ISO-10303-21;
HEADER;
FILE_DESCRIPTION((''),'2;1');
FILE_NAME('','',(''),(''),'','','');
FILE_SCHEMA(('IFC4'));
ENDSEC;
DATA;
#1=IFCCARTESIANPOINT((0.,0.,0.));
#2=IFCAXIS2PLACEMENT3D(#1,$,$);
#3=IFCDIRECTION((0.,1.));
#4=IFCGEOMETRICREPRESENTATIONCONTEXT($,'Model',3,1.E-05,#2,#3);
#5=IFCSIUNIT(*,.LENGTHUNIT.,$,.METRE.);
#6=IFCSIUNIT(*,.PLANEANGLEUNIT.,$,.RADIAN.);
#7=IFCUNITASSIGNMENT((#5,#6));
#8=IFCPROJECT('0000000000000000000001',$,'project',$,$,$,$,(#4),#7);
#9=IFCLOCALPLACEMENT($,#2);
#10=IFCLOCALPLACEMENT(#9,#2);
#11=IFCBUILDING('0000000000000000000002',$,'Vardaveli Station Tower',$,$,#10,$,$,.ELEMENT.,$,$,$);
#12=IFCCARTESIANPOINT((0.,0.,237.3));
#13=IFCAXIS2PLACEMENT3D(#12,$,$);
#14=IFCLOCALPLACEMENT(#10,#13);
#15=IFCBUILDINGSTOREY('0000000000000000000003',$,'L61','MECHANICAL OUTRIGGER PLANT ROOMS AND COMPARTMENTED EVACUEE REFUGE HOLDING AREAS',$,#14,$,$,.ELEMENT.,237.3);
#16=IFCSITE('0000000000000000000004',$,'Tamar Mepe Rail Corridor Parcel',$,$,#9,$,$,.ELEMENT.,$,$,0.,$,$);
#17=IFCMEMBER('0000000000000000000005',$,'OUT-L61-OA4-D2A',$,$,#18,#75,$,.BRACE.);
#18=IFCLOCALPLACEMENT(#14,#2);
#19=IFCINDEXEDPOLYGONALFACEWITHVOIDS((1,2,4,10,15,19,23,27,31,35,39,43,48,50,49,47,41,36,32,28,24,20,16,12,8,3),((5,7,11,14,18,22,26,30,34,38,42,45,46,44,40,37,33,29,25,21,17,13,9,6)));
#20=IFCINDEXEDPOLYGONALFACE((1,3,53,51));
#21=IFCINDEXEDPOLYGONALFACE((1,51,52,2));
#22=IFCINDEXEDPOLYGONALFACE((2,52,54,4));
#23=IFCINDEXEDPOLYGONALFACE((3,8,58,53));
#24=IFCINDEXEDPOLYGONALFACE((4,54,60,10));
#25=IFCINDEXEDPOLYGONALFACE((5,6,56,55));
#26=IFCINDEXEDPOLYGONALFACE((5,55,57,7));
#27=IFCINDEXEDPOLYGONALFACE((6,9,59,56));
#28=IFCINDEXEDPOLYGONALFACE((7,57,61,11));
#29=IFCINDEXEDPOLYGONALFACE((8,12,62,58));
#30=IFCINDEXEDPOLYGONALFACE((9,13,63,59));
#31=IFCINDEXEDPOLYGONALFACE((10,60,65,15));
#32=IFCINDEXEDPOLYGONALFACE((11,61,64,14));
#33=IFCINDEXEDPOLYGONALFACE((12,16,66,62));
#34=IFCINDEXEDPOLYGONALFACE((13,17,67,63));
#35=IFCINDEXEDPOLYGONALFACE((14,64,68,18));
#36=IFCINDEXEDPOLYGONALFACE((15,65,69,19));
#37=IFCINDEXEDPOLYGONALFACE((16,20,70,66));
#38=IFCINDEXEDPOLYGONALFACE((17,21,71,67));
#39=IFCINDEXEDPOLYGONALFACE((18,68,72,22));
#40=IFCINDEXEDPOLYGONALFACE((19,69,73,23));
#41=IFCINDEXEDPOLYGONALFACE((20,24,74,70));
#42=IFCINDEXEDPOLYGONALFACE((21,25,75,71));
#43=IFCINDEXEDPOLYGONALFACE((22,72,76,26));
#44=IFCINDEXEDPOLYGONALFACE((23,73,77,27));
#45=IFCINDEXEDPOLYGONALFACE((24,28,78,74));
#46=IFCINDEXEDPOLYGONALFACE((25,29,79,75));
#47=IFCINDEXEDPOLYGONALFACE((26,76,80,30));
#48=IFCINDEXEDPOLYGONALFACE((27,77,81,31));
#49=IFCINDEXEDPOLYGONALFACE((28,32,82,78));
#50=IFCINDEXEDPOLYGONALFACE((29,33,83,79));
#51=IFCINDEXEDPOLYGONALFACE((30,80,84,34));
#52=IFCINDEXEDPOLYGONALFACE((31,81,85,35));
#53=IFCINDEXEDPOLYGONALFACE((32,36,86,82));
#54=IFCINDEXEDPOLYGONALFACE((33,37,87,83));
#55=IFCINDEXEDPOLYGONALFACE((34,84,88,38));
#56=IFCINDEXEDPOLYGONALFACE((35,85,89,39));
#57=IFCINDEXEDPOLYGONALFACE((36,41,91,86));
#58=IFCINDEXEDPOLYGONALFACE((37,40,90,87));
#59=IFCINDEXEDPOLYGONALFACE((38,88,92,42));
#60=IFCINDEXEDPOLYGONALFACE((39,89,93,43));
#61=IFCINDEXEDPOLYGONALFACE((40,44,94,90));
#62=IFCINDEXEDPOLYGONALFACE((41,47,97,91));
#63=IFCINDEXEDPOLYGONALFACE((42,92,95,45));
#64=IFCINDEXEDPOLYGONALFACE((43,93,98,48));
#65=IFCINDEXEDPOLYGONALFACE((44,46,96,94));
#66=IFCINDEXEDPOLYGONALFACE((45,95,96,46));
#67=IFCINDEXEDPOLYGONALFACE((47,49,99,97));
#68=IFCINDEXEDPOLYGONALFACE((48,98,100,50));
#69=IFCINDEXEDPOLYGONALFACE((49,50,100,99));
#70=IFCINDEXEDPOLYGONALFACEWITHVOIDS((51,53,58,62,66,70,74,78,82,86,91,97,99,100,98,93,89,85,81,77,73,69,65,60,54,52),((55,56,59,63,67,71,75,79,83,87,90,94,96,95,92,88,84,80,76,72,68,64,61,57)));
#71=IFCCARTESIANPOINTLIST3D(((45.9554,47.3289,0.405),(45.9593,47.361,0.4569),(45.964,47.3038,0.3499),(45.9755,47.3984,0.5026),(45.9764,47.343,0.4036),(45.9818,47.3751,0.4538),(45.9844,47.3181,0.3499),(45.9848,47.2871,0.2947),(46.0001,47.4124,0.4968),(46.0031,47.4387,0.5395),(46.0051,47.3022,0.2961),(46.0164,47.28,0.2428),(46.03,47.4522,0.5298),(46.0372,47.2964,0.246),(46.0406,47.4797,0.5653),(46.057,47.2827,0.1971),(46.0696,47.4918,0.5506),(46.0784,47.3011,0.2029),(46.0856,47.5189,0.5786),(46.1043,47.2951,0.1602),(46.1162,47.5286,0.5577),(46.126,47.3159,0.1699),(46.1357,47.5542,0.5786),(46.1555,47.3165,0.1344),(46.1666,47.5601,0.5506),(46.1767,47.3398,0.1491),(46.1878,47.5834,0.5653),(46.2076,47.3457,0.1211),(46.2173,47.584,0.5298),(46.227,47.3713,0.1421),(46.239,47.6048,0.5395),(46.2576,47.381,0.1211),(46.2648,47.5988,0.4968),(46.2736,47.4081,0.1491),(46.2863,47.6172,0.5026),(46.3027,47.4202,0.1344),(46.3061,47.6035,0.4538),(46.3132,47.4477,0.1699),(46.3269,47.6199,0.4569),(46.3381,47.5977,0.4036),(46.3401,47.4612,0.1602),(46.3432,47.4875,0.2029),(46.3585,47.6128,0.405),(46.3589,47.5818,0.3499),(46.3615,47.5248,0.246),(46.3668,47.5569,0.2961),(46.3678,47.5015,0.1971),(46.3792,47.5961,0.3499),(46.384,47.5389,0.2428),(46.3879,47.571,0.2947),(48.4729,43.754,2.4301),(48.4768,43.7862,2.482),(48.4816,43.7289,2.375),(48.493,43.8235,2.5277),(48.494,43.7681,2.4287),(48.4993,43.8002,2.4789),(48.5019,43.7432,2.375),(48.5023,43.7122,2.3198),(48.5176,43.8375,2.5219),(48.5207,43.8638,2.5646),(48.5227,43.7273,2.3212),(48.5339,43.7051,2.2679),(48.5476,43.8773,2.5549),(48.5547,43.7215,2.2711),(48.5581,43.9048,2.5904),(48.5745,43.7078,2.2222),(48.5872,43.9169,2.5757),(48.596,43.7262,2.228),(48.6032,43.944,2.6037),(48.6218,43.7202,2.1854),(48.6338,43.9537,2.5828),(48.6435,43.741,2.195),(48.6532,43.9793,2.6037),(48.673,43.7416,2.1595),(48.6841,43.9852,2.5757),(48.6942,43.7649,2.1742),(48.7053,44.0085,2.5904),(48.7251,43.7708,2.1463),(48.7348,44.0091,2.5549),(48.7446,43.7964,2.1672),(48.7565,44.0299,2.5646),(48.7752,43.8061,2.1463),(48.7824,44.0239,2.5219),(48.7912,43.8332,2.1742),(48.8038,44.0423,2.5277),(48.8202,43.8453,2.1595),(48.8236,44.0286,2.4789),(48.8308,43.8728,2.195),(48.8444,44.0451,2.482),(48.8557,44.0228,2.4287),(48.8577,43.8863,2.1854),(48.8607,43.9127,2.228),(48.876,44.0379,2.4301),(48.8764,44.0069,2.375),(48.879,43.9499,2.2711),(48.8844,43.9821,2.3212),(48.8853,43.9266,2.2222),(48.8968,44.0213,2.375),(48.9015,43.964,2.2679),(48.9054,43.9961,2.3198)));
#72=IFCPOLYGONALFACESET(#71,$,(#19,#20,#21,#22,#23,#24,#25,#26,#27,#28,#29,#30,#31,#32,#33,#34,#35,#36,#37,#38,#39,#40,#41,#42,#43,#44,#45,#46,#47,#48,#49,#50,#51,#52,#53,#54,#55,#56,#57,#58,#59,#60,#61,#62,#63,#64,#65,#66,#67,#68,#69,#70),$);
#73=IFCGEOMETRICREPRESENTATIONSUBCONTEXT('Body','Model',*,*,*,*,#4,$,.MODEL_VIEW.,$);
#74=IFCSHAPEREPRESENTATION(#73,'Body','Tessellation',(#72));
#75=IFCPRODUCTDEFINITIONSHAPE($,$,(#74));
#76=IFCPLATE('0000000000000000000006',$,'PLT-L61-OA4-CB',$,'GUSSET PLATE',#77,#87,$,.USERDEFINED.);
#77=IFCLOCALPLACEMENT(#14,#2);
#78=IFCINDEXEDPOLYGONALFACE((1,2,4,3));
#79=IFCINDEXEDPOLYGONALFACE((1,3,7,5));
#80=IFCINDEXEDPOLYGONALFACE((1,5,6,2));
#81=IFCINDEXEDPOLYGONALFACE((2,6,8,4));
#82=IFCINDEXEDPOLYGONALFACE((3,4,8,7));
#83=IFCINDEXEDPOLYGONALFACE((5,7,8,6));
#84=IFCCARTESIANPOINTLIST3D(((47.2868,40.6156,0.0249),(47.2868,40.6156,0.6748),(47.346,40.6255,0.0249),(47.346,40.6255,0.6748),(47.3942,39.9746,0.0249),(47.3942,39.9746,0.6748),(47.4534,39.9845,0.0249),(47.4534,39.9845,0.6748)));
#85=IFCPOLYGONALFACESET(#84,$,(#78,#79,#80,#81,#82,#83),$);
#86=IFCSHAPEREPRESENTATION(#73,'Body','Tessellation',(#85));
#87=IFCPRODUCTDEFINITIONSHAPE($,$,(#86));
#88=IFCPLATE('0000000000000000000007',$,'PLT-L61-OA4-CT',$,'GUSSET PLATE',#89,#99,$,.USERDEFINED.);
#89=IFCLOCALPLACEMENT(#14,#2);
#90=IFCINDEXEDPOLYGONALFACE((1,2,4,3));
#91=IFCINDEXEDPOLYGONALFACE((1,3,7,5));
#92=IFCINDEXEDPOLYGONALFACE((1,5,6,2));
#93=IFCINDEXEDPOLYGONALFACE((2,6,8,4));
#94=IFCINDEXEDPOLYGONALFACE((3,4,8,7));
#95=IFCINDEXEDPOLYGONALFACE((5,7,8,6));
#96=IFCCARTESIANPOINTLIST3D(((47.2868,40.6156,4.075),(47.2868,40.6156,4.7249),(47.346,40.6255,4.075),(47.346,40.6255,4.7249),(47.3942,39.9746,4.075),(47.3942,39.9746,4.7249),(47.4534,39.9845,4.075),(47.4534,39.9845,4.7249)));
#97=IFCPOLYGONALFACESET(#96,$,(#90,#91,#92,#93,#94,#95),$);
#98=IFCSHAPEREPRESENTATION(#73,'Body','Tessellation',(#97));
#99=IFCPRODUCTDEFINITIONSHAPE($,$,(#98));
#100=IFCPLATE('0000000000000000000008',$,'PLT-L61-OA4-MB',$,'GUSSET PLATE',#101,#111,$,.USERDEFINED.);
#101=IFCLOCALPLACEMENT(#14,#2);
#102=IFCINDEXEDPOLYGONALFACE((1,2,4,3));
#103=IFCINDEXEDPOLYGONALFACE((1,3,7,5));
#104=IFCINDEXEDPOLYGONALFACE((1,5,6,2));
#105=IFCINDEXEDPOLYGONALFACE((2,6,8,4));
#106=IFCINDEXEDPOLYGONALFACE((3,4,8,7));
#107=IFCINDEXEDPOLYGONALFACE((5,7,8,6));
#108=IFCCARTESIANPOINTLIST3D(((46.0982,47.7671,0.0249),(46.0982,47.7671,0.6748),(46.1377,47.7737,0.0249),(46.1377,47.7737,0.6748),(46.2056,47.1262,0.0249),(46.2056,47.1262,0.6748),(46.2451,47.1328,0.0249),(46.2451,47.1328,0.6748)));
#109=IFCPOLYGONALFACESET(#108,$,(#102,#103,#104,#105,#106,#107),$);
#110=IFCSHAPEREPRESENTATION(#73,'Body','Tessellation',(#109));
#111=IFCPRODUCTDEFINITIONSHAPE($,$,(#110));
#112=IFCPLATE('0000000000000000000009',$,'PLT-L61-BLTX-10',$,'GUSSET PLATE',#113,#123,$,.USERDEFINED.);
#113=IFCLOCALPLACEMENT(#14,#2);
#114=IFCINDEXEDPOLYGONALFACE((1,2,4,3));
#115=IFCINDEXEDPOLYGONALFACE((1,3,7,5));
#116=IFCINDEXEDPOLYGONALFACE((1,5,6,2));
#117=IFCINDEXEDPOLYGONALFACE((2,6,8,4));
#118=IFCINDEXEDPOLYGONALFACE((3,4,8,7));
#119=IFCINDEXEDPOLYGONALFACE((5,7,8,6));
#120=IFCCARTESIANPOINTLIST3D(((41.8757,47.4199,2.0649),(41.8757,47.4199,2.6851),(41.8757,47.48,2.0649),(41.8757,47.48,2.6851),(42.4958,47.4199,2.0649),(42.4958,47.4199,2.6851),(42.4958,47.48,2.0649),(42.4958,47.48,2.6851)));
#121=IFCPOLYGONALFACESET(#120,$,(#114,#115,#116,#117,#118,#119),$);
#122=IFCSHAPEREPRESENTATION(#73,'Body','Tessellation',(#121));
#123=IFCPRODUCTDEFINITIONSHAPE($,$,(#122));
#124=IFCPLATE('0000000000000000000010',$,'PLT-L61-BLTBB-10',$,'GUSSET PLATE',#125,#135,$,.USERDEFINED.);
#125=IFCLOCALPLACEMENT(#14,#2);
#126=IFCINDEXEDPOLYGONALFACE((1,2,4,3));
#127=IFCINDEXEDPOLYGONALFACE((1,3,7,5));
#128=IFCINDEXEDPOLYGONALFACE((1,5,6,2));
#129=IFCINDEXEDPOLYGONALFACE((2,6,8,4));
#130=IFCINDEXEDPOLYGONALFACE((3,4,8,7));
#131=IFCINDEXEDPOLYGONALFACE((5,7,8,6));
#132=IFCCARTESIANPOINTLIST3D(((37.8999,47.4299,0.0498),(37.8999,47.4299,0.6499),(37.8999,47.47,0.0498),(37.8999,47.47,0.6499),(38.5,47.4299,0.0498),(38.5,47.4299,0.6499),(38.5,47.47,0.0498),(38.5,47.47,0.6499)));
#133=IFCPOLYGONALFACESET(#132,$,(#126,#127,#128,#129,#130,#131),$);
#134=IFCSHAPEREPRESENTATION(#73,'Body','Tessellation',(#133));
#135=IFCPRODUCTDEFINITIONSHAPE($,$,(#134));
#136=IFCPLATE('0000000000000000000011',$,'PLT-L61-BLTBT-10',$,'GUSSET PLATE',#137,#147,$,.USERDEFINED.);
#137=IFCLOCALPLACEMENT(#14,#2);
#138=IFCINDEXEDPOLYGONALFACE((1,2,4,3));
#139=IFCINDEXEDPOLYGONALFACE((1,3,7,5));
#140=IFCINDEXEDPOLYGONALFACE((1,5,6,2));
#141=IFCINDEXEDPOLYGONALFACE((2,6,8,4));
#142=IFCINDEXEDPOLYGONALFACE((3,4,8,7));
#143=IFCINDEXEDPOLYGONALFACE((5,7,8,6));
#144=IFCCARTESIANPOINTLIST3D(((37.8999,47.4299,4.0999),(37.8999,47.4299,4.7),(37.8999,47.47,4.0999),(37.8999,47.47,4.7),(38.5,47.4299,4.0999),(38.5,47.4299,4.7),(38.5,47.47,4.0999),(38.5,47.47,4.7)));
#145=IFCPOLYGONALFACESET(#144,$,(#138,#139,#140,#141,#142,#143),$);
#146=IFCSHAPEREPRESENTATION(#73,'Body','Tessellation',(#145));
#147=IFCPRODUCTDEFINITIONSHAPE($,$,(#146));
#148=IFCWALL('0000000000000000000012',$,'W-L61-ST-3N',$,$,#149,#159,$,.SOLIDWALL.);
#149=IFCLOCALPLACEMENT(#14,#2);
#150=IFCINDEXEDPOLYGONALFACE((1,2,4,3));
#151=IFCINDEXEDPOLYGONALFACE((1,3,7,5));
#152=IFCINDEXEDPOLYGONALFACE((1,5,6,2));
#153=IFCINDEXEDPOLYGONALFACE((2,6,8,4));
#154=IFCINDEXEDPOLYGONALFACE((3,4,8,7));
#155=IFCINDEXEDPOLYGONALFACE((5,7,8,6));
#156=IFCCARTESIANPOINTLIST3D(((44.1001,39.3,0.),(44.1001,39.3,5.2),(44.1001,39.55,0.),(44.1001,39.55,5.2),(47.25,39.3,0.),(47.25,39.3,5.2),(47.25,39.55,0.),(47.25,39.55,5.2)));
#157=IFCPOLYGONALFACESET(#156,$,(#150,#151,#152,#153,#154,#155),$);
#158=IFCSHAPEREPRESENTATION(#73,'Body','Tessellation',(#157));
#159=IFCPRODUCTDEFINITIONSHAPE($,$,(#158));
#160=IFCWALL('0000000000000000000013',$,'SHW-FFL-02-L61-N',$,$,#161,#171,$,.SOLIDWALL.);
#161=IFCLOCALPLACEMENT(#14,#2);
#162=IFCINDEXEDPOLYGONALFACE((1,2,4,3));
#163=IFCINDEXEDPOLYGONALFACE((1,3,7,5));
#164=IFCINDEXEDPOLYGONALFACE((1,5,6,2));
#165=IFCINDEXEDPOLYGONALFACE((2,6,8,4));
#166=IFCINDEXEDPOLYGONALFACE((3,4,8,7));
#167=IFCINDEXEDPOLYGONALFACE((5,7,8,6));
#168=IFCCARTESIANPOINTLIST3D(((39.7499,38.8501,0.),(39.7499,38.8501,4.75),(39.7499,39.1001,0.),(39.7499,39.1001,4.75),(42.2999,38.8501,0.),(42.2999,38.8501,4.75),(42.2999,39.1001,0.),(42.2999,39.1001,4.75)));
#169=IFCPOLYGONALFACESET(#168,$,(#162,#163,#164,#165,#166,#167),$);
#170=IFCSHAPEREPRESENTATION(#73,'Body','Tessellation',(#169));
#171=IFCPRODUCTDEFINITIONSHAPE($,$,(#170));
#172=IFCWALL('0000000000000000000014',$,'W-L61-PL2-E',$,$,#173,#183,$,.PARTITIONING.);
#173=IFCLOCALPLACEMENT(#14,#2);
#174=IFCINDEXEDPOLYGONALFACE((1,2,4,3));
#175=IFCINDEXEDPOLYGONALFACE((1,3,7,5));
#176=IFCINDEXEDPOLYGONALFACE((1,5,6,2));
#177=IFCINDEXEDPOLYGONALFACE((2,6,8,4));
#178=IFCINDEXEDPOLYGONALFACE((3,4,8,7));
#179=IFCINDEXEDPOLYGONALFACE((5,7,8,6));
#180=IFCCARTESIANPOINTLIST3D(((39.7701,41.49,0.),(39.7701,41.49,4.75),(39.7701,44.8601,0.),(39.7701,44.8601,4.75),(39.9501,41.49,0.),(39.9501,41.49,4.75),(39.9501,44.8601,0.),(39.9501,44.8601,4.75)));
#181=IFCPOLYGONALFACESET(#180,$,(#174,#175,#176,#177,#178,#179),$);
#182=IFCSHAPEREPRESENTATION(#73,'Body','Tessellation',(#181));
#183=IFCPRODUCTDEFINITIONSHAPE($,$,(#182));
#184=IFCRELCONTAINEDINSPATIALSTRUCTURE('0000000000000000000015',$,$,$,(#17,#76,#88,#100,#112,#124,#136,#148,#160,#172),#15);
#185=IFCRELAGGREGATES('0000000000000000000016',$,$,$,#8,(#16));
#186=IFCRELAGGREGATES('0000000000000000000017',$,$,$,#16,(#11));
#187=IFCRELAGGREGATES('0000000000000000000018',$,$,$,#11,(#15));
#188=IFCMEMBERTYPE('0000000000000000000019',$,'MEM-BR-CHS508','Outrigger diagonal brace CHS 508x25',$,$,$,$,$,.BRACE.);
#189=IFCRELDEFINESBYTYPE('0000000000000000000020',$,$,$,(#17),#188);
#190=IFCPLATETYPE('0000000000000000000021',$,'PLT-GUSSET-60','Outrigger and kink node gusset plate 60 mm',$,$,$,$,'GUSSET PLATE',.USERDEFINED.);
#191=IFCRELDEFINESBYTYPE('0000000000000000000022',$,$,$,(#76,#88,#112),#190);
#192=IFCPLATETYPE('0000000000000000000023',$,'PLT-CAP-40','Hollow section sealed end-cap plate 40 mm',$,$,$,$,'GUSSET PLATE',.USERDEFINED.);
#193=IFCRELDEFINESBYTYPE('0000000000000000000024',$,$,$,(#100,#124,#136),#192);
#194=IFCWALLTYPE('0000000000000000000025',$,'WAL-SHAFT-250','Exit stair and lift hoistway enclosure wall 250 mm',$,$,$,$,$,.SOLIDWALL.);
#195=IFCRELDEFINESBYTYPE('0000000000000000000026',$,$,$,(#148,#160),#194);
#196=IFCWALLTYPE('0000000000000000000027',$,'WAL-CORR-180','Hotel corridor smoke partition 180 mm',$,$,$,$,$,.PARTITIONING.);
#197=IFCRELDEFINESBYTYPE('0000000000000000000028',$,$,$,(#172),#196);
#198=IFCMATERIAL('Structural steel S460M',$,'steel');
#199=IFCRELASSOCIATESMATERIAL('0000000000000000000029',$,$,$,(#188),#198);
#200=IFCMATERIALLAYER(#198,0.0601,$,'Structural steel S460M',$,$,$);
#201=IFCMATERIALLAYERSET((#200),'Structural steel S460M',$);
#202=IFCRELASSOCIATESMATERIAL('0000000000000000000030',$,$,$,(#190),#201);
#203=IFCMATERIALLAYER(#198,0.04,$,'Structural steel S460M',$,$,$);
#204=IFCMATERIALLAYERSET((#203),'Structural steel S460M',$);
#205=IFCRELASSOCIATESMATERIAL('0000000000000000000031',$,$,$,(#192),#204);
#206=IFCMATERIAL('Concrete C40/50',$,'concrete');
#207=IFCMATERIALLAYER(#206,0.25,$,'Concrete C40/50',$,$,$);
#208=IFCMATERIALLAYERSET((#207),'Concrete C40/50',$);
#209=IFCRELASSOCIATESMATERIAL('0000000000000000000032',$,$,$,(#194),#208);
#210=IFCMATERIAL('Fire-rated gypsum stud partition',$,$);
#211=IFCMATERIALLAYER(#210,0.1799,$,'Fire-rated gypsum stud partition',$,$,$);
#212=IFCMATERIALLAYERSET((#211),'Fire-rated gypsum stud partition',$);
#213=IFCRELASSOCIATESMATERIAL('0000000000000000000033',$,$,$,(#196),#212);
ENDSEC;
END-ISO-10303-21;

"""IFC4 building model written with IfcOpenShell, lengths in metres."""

from ifc_helpers import new_model, si_unit, direction, frame, frame_2d, origin, origin_2d, place, context, subcontext, project, spatial, rectangle, hollow_circle, extrude, source, transform, mapped, material, layer, layer_set, material_profile, profile_set, type_object, element, save


model = new_model("IFC4")

# Units and contexts
model_context = context("Model", 3, precision=1e-05, world=origin(), true_north=direction((0.0, 1.0)))
body_context = subcontext(model_context, "Body", "Model", "MODEL_VIEW")
ifc_project = project(units=[si_unit("LENGTHUNIT", "METRE"), si_unit("PLANEANGLEUNIT", "RADIAN")], contexts=[model_context])

# Site, building, storey
site_placement = place(None, origin())
site = spatial("IfcSite", under=ifc_project, at=site_placement, Name="Tamar Mepe Rail Corridor Parcel", CompositionType="ELEMENT", RefElevation=0.0)
building_placement = place(site_placement, origin())
building = spatial("IfcBuilding", under=site, at=building_placement, Name="Vardaveli Station Tower", CompositionType="ELEMENT")
storey_placement = place(building_placement, frame((0.0, 0.0, 237.3)))
storey = spatial("IfcBuildingStorey", under=building, at=storey_placement, Name="L61", Description="MECHANICAL OUTRIGGER PLANT ROOMS AND COMPARTMENTED EVACUEE REFUGE HOLDING AREAS", CompositionType="ELEMENT", Elevation=237.3)

# Shared definitions
ifc_material_1 = material(Name="Structural steel S460M", Category="steel")

# Member
ifc_material_profile_1 = material_profile(ifc_material_1, hollow_circle(Radius=0.2539, WallThickness=0.0249, at=origin_2d()), Name="CHS 508x25")
ifc_profile_set_1 = profile_set([ifc_material_profile_1], Name="Structural steel S460M")
member_type_1 = type_object("IfcMemberType", Name="MEM-BR-CHS508", Description="Outrigger diagonal brace CHS 508x25", PredefinedType="BRACE", material=ifc_profile_set_1)
shared_shape_1 = source(origin(), body_context, "Body", "SweptSolid", [
    extrude(hollow_circle(Radius=0.2539, WallThickness=0.0249, at=origin_2d()), origin(), (0.0, 0.0, 1.0), 4.8186),
])
member_1_placement = place(storey_placement, frame((46.1716, 47.45, 0.3499), z_axis=(0.522462, -0.741894, 0.42027), x_axis=(0.817605, 0.57578, 0.0)))
element("IfcMember", 1, at=member_1_placement, inside=storey, type_object=member_type_1, Name="OUT-L61-OA4-D2A", PredefinedType="BRACE", context=body_context, shape_type="MappedRepresentation", body=[
    mapped(shared_shape_1, transform((0.0, 0.0, 0.0), scale=1.0)),
])

# Plates
ifc_layer_1 = layer(ifc_material_1, 0.0601, Name="Structural steel S460M")
ifc_layer_set_1 = layer_set([ifc_layer_1], Name="Structural steel S460M")
plate_type_1 = type_object("IfcPlateType", Name="PLT-GUSSET-60", Description="Outrigger and kink node gusset plate 60 mm", ElementType="GUSSET PLATE", PredefinedType="USERDEFINED", material=ifc_layer_set_1)
shared_shape_2 = source(origin(), body_context, "Body", "SweptSolid", [
    extrude(rectangle(XDim=0.6499, YDim=0.0601, at=origin_2d()), origin(), (0.0, 0.0, 1.0), 0.6499),
])
for number, where, z_axis, x_axis, name in (
    (2, (47.3701, 40.3, 0.0249), (0.0, 0.0, 1.0), (-0.16522, 0.986257, 0.0), "PLT-L61-OA4-CB"),
    (3, (47.3701, 40.3, 4.075), (0.0, 0.0, 1.0), (-0.16522, 0.986257, 0.0), "PLT-L61-OA4-CT"),
):
    element("IfcPlate", number, at=place(storey_placement, frame(where, z_axis=z_axis, x_axis=x_axis)), inside=storey, type_object=plate_type_1, Name=name, ObjectType="GUSSET PLATE", PredefinedType="USERDEFINED", context=body_context, shape_type="MappedRepresentation", body=[
        mapped(shared_shape_2, transform((0.0, 0.0, 0.0), scale=1.0)),
    ])
ifc_layer_2 = layer(ifc_material_1, 0.04, Name="Structural steel S460M")
ifc_layer_set_2 = layer_set([ifc_layer_2], Name="Structural steel S460M")
plate_type_2 = type_object("IfcPlateType", Name="PLT-CAP-40", Description="Hollow section sealed end-cap plate 40 mm", ElementType="GUSSET PLATE", PredefinedType="USERDEFINED", material=ifc_layer_set_2)
shared_shape_3 = source(origin(), body_context, "Body", "SweptSolid", [
    extrude(rectangle(XDim=0.6499, YDim=0.04, at=origin_2d()), origin(), (0.0, 0.0, 1.0), 0.6499),
])
plate_1_placement = place(storey_placement, frame((46.1716, 47.45, 0.0249), z_axis=(0.0, 0.0, 1.0), x_axis=(-0.16522, 0.986257, 0.0)))
element("IfcPlate", 4, at=plate_1_placement, inside=storey, type_object=plate_type_2, Name="PLT-L61-OA4-MB", ObjectType="GUSSET PLATE", PredefinedType="USERDEFINED", context=body_context, shape_type="MappedRepresentation", body=[
    mapped(shared_shape_3, transform((0.0, 0.0, 0.0), scale=1.0)),
])
shared_shape_4 = source(origin(), body_context, "Body", "SweptSolid", [
    extrude(rectangle(XDim=0.6201, YDim=0.0601, at=origin_2d()), origin(), (0.0, 0.0, 1.0), 0.6201),
])
plate_2_placement = place(storey_placement, frame((42.1858, 47.45, 2.0649), z_axis=(0.0, 0.0, 1.0), x_axis=(-1.0, 0.0, 0.0)))
element("IfcPlate", 5, at=plate_2_placement, inside=storey, type_object=plate_type_1, Name="PLT-L61-BLTX-10", ObjectType="GUSSET PLATE", PredefinedType="USERDEFINED", context=body_context, shape_type="MappedRepresentation", body=[
    mapped(shared_shape_4, transform((0.0, 0.0, 0.0), scale=1.0)),
])
shared_shape_5 = source(origin(), body_context, "Body", "SweptSolid", [
    extrude(rectangle(XDim=0.6001, YDim=0.04, at=origin_2d()), origin(), (0.0, 0.0, 1.0), 0.6001),
])
for number, where, z_axis, x_axis, name in (
    (6, (38.2, 47.45, 0.0498), (0.0, 0.0, 1.0), (-1.0, 0.0, 0.0), "PLT-L61-BLTBB-10"),
    (7, (38.2, 47.45, 4.0999), (0.0, 0.0, 1.0), (-1.0, 0.0, 0.0), "PLT-L61-BLTBT-10"),
):
    element("IfcPlate", number, at=place(storey_placement, frame(where, z_axis=z_axis, x_axis=x_axis)), inside=storey, type_object=plate_type_2, Name=name, ObjectType="GUSSET PLATE", PredefinedType="USERDEFINED", context=body_context, shape_type="MappedRepresentation", body=[
        mapped(shared_shape_5, transform((0.0, 0.0, 0.0), scale=1.0)),
    ])

# Walls
ifc_material_2 = material(Name="Concrete C40/50", Category="concrete")
ifc_layer_3 = layer(ifc_material_2, 0.25, Name="Concrete C40/50")
ifc_layer_set_3 = layer_set([ifc_layer_3], Name="Concrete C40/50")
wall_type_1 = type_object("IfcWallType", Name="WAL-SHAFT-250", Description="Exit stair and lift hoistway enclosure wall 250 mm", PredefinedType="SOLIDWALL", material=ifc_layer_set_3)
shared_shape_6 = source(origin(), body_context, "Body", "SweptSolid", [
    extrude(rectangle(XDim=3.1499, YDim=0.25, at=frame_2d((1.575, 0.0))), origin(), (0.0, 0.0, 1.0), 5.2),
])
wall_1_placement = place(storey_placement, frame((44.1001, 39.425, 0.0), z_axis=(0.0, 0.0, 1.0), x_axis=(1.0, 0.0, 0.0)))
element("IfcWall", 8, at=wall_1_placement, inside=storey, type_object=wall_type_1, Name="W-L61-ST-3N", PredefinedType="SOLIDWALL", context=body_context, shape_type="MappedRepresentation", body=[
    mapped(shared_shape_6, transform((0.0, 0.0, 0.0), scale=1.0)),
])
shared_shape_7 = source(origin(), body_context, "Body", "SweptSolid", [
    extrude(rectangle(XDim=2.55, YDim=0.25, at=frame_2d((1.2749, 0.0))), origin(), (0.0, 0.0, 1.0), 4.75),
])
wall_2_placement = place(storey_placement, frame((39.75, 38.9751, 0.0), z_axis=(0.0, 0.0, 1.0), x_axis=(1.0, 0.0, 0.0)))
element("IfcWall", 9, at=wall_2_placement, inside=storey, type_object=wall_type_1, Name="SHW-FFL-02-L61-N", PredefinedType="SOLIDWALL", context=body_context, shape_type="MappedRepresentation", body=[
    mapped(shared_shape_7, transform((0.0, 0.0, 0.0), scale=1.0)),
])
ifc_material_3 = material(Name="Fire-rated gypsum stud partition")
ifc_layer_4 = layer(ifc_material_3, 0.1799, Name="Fire-rated gypsum stud partition")
ifc_layer_set_4 = layer_set([ifc_layer_4], Name="Fire-rated gypsum stud partition")
wall_type_2 = type_object("IfcWallType", Name="WAL-CORR-180", Description="Hotel corridor smoke partition 180 mm", PredefinedType="PARTITIONING", material=ifc_layer_set_4)
shared_shape_8 = source(origin(), body_context, "Body", "SweptSolid", [
    extrude(rectangle(XDim=3.3701, YDim=0.1799, at=frame_2d((1.6851, 0.0))), origin(), (0.0, 0.0, 1.0), 4.75),
])
wall_3_placement = place(storey_placement, frame((39.8601, 41.49, 0.0), z_axis=(0.0, 0.0, 1.0), x_axis=(0.0, 1.0, 0.0)))
element("IfcWall", 10, at=wall_3_placement, inside=storey, type_object=wall_type_2, Name="W-L61-PL2-E", PredefinedType="PARTITIONING", context=body_context, shape_type="MappedRepresentation", body=[
    mapped(shared_shape_8, transform((0.0, 0.0, 0.0), scale=1.0)),
])

save(model, "model.ifc")
